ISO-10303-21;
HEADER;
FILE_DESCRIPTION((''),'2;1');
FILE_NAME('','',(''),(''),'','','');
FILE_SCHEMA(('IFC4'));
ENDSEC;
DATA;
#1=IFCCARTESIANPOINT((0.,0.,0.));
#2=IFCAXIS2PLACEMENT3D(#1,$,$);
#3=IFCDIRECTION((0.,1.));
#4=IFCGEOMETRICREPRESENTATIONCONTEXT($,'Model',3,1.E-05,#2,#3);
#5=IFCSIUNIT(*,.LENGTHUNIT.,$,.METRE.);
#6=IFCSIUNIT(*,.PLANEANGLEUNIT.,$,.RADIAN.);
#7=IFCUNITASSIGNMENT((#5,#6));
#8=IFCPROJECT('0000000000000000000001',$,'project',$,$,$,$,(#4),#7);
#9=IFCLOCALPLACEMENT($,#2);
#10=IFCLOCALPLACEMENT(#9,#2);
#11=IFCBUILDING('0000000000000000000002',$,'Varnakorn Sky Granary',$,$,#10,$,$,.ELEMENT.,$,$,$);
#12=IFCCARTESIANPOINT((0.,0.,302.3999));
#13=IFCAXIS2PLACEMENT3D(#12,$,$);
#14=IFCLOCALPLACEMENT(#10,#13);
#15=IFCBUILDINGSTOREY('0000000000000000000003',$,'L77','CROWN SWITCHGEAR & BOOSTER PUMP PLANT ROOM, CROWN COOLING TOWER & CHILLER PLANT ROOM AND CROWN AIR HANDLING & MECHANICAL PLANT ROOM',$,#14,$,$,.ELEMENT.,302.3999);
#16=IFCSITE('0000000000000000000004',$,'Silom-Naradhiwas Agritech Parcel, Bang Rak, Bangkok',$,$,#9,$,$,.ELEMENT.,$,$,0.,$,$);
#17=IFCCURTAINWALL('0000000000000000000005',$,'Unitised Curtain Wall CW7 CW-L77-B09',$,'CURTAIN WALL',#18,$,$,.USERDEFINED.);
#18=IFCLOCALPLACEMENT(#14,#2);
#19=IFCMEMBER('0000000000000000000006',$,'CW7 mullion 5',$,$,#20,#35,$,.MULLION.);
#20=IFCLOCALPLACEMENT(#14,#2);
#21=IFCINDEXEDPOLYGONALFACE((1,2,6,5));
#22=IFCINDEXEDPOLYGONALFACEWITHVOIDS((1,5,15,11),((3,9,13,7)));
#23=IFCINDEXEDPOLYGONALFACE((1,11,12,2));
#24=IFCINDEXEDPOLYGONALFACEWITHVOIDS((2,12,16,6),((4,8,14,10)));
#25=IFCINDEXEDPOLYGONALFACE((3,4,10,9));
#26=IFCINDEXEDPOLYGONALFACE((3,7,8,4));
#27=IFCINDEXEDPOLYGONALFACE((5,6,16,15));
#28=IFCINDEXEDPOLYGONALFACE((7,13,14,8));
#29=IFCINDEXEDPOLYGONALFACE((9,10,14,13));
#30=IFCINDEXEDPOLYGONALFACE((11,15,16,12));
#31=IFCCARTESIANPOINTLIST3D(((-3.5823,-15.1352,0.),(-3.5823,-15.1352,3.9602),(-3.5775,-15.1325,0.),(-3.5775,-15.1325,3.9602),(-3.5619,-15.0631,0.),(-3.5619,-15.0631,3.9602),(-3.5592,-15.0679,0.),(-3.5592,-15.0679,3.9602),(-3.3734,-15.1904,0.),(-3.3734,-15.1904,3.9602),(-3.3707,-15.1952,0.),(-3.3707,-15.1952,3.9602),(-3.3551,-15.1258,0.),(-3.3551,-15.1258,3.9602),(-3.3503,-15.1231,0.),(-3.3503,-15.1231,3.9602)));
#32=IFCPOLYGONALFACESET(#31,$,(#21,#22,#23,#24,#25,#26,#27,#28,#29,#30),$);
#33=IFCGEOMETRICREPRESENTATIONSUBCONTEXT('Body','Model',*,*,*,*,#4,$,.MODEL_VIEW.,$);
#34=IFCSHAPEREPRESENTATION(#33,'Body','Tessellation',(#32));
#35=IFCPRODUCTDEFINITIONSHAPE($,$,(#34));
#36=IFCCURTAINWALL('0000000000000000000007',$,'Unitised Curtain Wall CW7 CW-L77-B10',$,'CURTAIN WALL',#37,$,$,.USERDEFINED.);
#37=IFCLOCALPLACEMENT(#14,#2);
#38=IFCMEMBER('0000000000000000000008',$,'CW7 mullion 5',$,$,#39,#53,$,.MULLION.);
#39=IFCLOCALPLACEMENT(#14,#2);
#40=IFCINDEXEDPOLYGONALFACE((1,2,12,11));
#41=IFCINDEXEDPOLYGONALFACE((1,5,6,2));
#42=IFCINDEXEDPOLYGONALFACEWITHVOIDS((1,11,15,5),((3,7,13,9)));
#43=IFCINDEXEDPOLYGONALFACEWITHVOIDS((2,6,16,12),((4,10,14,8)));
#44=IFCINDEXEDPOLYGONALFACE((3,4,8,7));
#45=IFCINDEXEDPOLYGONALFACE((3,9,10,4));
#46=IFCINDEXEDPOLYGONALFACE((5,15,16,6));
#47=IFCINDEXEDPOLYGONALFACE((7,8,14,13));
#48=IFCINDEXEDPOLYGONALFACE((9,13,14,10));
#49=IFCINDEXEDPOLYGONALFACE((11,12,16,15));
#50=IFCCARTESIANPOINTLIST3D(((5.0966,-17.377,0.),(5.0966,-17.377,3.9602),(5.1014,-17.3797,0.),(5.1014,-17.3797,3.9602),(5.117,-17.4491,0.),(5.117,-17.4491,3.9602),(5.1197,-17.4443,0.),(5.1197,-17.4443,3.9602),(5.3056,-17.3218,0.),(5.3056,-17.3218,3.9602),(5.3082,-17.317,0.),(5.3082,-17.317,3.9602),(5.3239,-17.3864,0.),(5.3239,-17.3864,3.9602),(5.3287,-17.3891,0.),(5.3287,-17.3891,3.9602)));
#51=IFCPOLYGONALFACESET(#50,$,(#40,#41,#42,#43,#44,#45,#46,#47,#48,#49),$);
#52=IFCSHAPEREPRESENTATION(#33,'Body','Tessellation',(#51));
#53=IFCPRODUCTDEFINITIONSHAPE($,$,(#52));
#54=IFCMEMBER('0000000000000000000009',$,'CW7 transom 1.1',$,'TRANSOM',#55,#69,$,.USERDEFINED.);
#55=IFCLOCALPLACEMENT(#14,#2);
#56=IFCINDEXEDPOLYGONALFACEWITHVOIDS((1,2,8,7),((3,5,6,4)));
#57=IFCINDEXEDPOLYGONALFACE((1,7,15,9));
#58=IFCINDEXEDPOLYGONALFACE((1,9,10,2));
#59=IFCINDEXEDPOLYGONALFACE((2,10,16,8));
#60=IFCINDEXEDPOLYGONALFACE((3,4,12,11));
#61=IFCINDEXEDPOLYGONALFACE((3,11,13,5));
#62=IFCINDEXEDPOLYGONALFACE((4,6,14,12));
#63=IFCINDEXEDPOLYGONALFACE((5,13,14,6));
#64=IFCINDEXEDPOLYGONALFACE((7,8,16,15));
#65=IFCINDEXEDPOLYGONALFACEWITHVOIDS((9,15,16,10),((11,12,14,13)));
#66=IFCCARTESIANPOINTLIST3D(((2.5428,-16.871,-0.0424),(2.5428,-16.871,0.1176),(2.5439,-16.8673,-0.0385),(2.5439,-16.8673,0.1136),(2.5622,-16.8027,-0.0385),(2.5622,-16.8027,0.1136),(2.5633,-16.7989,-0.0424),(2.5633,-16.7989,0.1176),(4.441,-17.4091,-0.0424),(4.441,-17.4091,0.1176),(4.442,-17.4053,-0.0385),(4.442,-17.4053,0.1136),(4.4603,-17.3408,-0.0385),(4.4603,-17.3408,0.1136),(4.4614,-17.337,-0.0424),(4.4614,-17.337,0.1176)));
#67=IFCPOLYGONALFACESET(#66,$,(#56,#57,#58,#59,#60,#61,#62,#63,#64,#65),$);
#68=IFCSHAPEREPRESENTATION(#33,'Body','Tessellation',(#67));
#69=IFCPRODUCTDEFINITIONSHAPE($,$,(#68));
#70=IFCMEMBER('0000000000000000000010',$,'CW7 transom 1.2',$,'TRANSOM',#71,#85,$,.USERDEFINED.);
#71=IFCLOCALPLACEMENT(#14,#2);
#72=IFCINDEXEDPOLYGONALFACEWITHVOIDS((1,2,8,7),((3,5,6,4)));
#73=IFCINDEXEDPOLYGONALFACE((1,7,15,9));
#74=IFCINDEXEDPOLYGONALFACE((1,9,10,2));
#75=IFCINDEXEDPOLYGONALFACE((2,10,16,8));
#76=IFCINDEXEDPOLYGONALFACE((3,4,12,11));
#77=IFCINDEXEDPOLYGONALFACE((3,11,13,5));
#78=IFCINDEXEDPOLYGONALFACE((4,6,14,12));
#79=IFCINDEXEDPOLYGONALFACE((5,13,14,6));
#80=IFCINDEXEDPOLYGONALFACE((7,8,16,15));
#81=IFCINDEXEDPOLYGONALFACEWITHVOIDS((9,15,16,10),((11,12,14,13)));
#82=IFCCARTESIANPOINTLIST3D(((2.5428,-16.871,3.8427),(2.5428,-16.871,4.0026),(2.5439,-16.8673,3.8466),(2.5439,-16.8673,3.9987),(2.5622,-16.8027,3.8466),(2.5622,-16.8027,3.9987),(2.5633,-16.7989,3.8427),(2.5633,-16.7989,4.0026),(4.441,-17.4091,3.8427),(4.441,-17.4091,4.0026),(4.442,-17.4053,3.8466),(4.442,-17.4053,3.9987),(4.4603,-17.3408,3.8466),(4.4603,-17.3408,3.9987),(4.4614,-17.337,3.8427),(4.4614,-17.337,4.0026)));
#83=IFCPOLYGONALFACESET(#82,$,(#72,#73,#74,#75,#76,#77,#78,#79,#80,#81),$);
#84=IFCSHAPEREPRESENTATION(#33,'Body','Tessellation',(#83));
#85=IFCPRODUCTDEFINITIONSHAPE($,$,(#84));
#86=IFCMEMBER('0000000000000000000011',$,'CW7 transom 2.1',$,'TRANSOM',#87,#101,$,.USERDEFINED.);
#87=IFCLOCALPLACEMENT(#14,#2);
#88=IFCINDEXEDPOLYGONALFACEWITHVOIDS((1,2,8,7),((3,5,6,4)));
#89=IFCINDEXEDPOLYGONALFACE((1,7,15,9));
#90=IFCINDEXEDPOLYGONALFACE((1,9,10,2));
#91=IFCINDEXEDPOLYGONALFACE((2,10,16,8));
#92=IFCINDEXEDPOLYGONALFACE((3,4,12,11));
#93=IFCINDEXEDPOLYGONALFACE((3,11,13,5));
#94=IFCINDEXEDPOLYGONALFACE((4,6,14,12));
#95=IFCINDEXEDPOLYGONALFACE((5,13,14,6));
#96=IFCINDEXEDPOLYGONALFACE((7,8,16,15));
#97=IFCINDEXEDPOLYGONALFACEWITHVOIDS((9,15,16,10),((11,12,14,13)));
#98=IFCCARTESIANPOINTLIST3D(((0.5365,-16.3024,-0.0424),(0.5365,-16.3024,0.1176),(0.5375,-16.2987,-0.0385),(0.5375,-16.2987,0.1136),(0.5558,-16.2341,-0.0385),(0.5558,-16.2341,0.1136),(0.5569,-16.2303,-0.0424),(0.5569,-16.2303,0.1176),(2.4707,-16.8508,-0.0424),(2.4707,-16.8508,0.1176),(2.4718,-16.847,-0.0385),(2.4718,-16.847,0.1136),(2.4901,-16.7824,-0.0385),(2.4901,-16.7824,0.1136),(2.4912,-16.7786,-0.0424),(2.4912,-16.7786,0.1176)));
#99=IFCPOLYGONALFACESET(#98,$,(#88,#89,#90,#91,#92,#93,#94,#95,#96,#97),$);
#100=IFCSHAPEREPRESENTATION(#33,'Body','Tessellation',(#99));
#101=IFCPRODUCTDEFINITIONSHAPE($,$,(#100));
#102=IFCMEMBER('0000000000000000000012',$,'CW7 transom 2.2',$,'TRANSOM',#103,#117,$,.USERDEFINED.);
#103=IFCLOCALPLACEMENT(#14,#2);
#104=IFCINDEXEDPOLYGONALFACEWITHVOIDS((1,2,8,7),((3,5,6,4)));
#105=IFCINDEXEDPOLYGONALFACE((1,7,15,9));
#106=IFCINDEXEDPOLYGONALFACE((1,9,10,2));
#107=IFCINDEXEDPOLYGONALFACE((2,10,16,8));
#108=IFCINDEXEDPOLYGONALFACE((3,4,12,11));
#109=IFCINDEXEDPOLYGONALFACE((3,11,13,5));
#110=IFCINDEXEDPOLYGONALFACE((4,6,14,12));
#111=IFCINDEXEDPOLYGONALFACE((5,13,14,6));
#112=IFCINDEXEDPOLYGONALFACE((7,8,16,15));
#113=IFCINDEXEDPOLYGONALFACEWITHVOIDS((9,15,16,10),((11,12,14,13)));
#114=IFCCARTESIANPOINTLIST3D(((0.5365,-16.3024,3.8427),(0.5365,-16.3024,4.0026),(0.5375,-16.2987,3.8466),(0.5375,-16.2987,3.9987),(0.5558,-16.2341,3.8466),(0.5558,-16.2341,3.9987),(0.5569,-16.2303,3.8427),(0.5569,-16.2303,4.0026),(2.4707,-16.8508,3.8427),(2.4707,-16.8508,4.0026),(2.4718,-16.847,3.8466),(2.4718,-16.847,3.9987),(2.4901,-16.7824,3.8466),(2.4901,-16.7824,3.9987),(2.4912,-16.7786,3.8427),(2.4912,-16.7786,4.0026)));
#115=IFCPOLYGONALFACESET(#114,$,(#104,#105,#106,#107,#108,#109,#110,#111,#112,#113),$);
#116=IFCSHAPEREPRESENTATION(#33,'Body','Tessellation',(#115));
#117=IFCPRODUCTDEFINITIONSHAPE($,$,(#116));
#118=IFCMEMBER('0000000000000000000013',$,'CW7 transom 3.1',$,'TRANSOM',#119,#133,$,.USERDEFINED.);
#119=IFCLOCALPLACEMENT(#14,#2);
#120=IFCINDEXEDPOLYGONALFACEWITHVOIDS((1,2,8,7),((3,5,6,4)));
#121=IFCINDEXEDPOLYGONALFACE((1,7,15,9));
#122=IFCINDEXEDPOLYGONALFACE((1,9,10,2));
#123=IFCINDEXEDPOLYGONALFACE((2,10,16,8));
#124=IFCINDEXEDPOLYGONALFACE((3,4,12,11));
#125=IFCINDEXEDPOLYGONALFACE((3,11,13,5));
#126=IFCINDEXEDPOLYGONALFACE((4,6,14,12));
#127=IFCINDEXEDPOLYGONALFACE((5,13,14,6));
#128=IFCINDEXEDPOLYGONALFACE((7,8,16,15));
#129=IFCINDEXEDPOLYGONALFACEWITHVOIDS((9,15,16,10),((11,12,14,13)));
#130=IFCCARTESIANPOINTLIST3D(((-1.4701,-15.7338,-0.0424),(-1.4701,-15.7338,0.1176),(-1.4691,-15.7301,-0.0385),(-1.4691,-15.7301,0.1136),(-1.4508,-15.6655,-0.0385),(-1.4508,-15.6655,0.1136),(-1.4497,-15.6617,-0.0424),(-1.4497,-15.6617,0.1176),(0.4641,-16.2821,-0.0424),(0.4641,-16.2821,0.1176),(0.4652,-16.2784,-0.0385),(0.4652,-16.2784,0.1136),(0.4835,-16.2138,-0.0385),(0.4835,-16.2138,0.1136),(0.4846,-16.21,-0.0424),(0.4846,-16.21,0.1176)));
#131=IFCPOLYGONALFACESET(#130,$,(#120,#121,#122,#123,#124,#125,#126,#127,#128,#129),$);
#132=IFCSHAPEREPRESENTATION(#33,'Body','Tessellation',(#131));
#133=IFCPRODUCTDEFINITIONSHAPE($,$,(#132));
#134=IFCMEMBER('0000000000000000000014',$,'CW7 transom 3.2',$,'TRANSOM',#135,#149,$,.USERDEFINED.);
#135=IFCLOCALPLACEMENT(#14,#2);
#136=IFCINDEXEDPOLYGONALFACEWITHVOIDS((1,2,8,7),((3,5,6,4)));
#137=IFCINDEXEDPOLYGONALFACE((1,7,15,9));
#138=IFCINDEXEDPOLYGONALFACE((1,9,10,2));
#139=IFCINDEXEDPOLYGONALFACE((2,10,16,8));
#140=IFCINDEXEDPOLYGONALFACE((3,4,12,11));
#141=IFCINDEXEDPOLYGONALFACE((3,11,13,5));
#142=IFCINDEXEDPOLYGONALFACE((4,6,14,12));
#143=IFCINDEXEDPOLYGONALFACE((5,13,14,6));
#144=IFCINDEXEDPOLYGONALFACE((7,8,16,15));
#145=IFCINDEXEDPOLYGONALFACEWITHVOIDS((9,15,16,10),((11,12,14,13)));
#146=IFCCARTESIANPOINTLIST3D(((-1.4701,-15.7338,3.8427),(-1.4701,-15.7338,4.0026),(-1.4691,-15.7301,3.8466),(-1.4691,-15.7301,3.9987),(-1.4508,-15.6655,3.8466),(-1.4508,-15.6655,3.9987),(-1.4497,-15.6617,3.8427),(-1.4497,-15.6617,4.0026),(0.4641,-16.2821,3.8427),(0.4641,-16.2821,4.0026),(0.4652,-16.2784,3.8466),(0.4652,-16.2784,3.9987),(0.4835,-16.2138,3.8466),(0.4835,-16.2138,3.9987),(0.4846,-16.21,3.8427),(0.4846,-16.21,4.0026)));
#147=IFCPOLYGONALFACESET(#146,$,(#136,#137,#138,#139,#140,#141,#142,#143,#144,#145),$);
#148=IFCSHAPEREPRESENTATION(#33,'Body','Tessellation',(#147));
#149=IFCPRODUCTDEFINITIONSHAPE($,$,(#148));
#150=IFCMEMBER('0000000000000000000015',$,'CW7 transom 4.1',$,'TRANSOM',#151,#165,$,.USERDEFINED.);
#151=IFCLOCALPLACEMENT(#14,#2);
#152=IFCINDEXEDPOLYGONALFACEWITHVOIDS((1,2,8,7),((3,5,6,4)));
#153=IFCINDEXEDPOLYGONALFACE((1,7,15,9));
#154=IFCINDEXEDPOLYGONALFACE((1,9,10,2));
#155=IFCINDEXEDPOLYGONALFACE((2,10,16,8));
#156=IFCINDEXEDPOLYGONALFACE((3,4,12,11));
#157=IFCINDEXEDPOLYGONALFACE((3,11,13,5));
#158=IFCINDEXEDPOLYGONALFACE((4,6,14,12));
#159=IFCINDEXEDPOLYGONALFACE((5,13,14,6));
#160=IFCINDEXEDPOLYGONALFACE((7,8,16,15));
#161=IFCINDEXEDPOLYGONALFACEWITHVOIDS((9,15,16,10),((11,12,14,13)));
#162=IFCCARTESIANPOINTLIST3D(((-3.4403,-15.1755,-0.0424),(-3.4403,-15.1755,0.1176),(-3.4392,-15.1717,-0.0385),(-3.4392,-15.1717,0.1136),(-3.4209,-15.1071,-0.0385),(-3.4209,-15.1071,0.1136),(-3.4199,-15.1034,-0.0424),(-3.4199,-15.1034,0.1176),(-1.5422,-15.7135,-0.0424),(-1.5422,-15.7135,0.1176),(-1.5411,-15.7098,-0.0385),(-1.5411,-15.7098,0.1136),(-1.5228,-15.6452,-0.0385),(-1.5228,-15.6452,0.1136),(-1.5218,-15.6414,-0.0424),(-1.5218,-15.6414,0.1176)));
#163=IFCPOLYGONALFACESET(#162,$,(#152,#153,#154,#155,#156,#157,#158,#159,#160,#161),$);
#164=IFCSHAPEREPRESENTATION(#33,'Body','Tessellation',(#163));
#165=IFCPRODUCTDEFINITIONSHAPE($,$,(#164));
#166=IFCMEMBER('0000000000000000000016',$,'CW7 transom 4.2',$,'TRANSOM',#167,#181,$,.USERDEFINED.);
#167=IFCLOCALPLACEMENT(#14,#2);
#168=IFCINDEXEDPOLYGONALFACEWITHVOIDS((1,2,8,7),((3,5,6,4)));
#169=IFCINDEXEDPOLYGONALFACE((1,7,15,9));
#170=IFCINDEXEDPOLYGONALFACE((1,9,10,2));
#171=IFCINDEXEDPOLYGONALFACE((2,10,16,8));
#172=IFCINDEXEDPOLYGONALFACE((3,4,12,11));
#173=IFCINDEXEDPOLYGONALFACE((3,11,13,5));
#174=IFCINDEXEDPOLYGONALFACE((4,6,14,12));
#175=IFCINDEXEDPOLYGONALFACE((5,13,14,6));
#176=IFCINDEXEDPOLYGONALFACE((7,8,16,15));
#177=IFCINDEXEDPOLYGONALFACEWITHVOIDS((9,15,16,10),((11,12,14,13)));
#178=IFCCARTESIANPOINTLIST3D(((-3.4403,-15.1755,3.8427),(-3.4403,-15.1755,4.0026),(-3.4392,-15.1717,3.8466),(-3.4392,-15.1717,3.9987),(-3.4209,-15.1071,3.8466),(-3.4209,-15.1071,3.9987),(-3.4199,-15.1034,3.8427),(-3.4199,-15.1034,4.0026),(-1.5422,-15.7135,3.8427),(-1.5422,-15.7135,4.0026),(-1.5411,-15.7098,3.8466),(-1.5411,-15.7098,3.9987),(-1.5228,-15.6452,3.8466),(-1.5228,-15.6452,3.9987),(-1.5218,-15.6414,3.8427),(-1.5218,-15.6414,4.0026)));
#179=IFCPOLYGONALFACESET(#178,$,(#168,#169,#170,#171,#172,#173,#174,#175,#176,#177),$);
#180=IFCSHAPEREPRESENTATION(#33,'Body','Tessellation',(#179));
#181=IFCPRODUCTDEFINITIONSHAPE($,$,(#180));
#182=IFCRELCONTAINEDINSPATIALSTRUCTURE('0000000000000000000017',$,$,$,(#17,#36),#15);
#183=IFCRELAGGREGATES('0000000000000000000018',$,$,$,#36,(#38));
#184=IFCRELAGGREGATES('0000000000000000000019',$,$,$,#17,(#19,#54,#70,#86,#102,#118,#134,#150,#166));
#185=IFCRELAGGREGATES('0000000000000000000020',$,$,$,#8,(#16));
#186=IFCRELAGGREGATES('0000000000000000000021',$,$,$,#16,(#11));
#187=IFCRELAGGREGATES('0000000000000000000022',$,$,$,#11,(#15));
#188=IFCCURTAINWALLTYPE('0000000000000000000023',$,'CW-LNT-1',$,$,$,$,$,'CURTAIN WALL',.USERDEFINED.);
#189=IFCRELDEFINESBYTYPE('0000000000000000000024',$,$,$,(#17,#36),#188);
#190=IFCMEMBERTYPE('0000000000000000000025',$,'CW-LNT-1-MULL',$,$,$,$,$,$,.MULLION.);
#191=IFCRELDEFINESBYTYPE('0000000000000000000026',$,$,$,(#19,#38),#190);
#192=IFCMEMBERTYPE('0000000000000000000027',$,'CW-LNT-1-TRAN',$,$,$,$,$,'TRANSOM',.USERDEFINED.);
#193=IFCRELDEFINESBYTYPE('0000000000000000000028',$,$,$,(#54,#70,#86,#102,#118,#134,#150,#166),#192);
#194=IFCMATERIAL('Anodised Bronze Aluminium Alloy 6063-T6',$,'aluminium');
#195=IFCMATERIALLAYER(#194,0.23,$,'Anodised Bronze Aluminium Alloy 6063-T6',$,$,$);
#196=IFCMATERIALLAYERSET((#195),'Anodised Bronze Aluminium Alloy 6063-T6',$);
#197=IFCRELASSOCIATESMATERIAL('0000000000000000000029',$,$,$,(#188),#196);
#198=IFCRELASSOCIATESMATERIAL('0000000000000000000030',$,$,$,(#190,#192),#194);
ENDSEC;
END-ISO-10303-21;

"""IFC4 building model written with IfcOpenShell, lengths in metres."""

from ifc_helpers import new_model, si_unit, direction, frame, origin, origin_2d, place, context, subcontext, project, spatial, hollow_rectangle, extrude, material, layer, layer_set, material_profile, profile_set, type_object, element, aggregate, save


model = new_model("IFC4")

# Units and contexts
model_context = context("Model", 3, precision=1e-05, world=origin(), true_north=direction((0.0, 1.0)))
body_context = subcontext(model_context, "Body", "Model", "MODEL_VIEW")
ifc_project = project(units=[si_unit("LENGTHUNIT", "METRE"), si_unit("PLANEANGLEUNIT", "RADIAN")], contexts=[model_context])

# Site, building, storey
site_placement = place(None, origin())
site = spatial("IfcSite", under=ifc_project, at=site_placement, Name="Silom-Naradhiwas Agritech Parcel, Bang Rak, Bangkok", CompositionType="ELEMENT", RefElevation=0.0)
building_placement = place(site_placement, origin())
building = spatial("IfcBuilding", under=site, at=building_placement, Name="Varnakorn Sky Granary", CompositionType="ELEMENT")
storey_placement = place(building_placement, frame((0.0, 0.0, 302.3999)))
storey = spatial("IfcBuildingStorey", under=building, at=storey_placement, Name="L77", Description="CROWN SWITCHGEAR & BOOSTER PUMP PLANT ROOM, CROWN COOLING TOWER & CHILLER PLANT ROOM AND CROWN AIR HANDLING & MECHANICAL PLANT ROOM", CompositionType="ELEMENT", Elevation=302.3999)

# Curtain wall, member
ifc_material_1 = material(Name="Anodised Bronze Aluminium Alloy 6063-T6", Category="aluminium")
ifc_layer_1 = layer(ifc_material_1, 0.23, Name="Anodised Bronze Aluminium Alloy 6063-T6")
ifc_layer_set_1 = layer_set([ifc_layer_1], Name="Anodised Bronze Aluminium Alloy 6063-T6")
curtain_wall_type = type_object("IfcCurtainWallType", Name="CW-LNT-1", ElementType="CURTAIN WALL", PredefinedType="USERDEFINED", material=ifc_layer_set_1)
curtain_wall_1_placement = place(storey_placement, origin())
curtain_wall_1 = element("IfcCurtainWall", 1, at=curtain_wall_1_placement, inside=storey, type_object=curtain_wall_type, Name="Unitised Curtain Wall CW7 CW-L77-B09", ObjectType="CURTAIN WALL", PredefinedType="USERDEFINED")
ifc_material_profile_1 = material_profile(ifc_material_1, hollow_rectangle(XDim=0.075, YDim=0.22, WallThickness=0.0039, at=origin_2d()), Name="ALU MULL 75x220")
ifc_profile_set_1 = profile_set([ifc_material_profile_1], Name="Anodised Bronze Aluminium Alloy 6063-T6")
member_type_1 = type_object("IfcMemberType", Name="CW-LNT-1-MULL", PredefinedType="MULLION", material=ifc_profile_set_1)
member_1_placement = place(storey_placement, frame((-3.4663, -15.1292, 0.0), z_axis=(0.0, 0.0, 1.0), x_axis=(-0.27265, -0.962113, 0.0)))
member_1 = element("IfcMember", 2, at=member_1_placement, type_object=member_type_1, Name="CW7 mullion 5", PredefinedType="MULLION", context=body_context, shape_type="SweptSolid", body=[
    extrude(hollow_rectangle(XDim=0.075, YDim=0.22, WallThickness=0.0039, at=origin_2d()), origin(), (0.0, 0.0, 1.0), 3.9602),
])

# Curtain wall, member
curtain_wall_2_placement = place(storey_placement, origin())
curtain_wall_2 = element("IfcCurtainWall", 3, at=curtain_wall_2_placement, inside=storey, type_object=curtain_wall_type, Name="Unitised Curtain Wall CW7 CW-L77-B10", ObjectType="CURTAIN WALL", PredefinedType="USERDEFINED")
member_2_placement = place(storey_placement, frame((5.2126, -17.3831, 0.0), z_axis=(0.0, 0.0, 1.0), x_axis=(0.27265, -0.962113, 0.0)))
member_2 = element("IfcMember", 4, at=member_2_placement, type_object=member_type_1, Name="CW7 mullion 5", PredefinedType="MULLION", context=body_context, shape_type="SweptSolid", body=[
    extrude(hollow_rectangle(XDim=0.075, YDim=0.22, WallThickness=0.0039, at=origin_2d()), origin(), (0.0, 0.0, 1.0), 3.9602),
])
aggregate(curtain_wall_2, [member_2])

# Members
ifc_material_profile_2 = material_profile(ifc_material_1, hollow_rectangle(XDim=0.075, YDim=0.1599, WallThickness=0.0039, at=origin_2d()), Name="ALU TRAN 75x160")
ifc_profile_set_2 = profile_set([ifc_material_profile_2], Name="Anodised Bronze Aluminium Alloy 6063-T6")
member_type_2 = type_object("IfcMemberType", Name="CW-LNT-1-TRAN", ElementType="TRANSOM", PredefinedType="USERDEFINED", material=ifc_profile_set_2)
member_3_placement = place(storey_placement, frame((4.4512, -17.373, 0.0376), z_axis=(-0.962092, 0.272727, 0.0), x_axis=(-0.272727, -0.962092, 0.0)))
member_3 = element("IfcMember", 5, at=member_3_placement, type_object=member_type_2, Name="CW7 transom 1.1", ObjectType="TRANSOM", PredefinedType="USERDEFINED", context=body_context, shape_type="SweptSolid", body=[
    extrude(hollow_rectangle(XDim=0.075, YDim=0.1599, WallThickness=0.0039, at=origin_2d()), origin(), (0.0, 0.0, 1.0), 1.9729),
])
member_4_placement = place(storey_placement, frame((4.4512, -17.373, 3.9226), z_axis=(-0.962092, 0.272727, 0.0), x_axis=(-0.272727, -0.962092, 0.0)))
member_4 = element("IfcMember", 6, at=member_4_placement, type_object=member_type_2, Name="CW7 transom 1.2", ObjectType="TRANSOM", PredefinedType="USERDEFINED", context=body_context, shape_type="SweptSolid", body=[
    extrude(hollow_rectangle(XDim=0.075, YDim=0.1599, WallThickness=0.0039, at=origin_2d()), origin(), (0.0, 0.0, 1.0), 1.9729),
])
member_5_placement = place(storey_placement, frame((2.481, -16.8147, 0.0376), z_axis=(-0.96209, 0.272732, 0.0), x_axis=(-0.272732, -0.96209, 0.0)))
member_5 = element("IfcMember", 7, at=member_5_placement, type_object=member_type_2, Name="CW7 transom 2.1", ObjectType="TRANSOM", PredefinedType="USERDEFINED", context=body_context, shape_type="SweptSolid", body=[
    extrude(hollow_rectangle(XDim=0.075, YDim=0.1599, WallThickness=0.0039, at=origin_2d()), origin(), (0.0, 0.0, 1.0), 2.0105),
])
member_6_placement = place(storey_placement, frame((2.481, -16.8147, 3.9226), z_axis=(-0.96209, 0.272732, 0.0), x_axis=(-0.272732, -0.96209, 0.0)))
member_6 = element("IfcMember", 8, at=member_6_placement, type_object=member_type_2, Name="CW7 transom 2.2", ObjectType="TRANSOM", PredefinedType="USERDEFINED", context=body_context, shape_type="SweptSolid", body=[
    extrude(hollow_rectangle(XDim=0.075, YDim=0.1599, WallThickness=0.0039, at=origin_2d()), origin(), (0.0, 0.0, 1.0), 2.0105),
])
member_7_placement = place(storey_placement, frame((0.4744, -16.2461, 0.0376), z_axis=(-0.96209, 0.272732, 0.0), x_axis=(-0.272732, -0.96209, 0.0)))
member_7 = element("IfcMember", 9, at=member_7_placement, type_object=member_type_2, Name="CW7 transom 3.1", ObjectType="TRANSOM", PredefinedType="USERDEFINED", context=body_context, shape_type="SweptSolid", body=[
    extrude(hollow_rectangle(XDim=0.075, YDim=0.1599, WallThickness=0.0039, at=origin_2d()), origin(), (0.0, 0.0, 1.0), 2.0105),
])
member_8_placement = place(storey_placement, frame((0.4744, -16.2461, 3.9226), z_axis=(-0.96209, 0.272732, 0.0), x_axis=(-0.272732, -0.96209, 0.0)))
member_8 = element("IfcMember", 10, at=member_8_placement, type_object=member_type_2, Name="CW7 transom 3.2", ObjectType="TRANSOM", PredefinedType="USERDEFINED", context=body_context, shape_type="SweptSolid", body=[
    extrude(hollow_rectangle(XDim=0.075, YDim=0.1599, WallThickness=0.0039, at=origin_2d()), origin(), (0.0, 0.0, 1.0), 2.0105),
])
member_9_placement = place(storey_placement, frame((-1.532, -15.6775, 0.0376), z_axis=(-0.962092, 0.272727, 0.0), x_axis=(-0.272727, -0.962092, 0.0)))
member_9 = element("IfcMember", 11, at=member_9_placement, type_object=member_type_2, Name="CW7 transom 4.1", ObjectType="TRANSOM", PredefinedType="USERDEFINED", context=body_context, shape_type="SweptSolid", body=[
    extrude(hollow_rectangle(XDim=0.075, YDim=0.1599, WallThickness=0.0039, at=origin_2d()), origin(), (0.0, 0.0, 1.0), 1.9729),
])
member_10_placement = place(storey_placement, frame((-1.532, -15.6775, 3.9226), z_axis=(-0.962092, 0.272727, 0.0), x_axis=(-0.272727, -0.962092, 0.0)))
member_10 = element("IfcMember", 12, at=member_10_placement, type_object=member_type_2, Name="CW7 transom 4.2", ObjectType="TRANSOM", PredefinedType="USERDEFINED", context=body_context, shape_type="SweptSolid", body=[
    extrude(hollow_rectangle(XDim=0.075, YDim=0.1599, WallThickness=0.0039, at=origin_2d()), origin(), (0.0, 0.0, 1.0), 1.9729),
])

aggregate(curtain_wall_1, [member_1, member_3, member_4, member_5, member_6, member_7, member_8, member_9, member_10])

save(model, "model.ifc")
